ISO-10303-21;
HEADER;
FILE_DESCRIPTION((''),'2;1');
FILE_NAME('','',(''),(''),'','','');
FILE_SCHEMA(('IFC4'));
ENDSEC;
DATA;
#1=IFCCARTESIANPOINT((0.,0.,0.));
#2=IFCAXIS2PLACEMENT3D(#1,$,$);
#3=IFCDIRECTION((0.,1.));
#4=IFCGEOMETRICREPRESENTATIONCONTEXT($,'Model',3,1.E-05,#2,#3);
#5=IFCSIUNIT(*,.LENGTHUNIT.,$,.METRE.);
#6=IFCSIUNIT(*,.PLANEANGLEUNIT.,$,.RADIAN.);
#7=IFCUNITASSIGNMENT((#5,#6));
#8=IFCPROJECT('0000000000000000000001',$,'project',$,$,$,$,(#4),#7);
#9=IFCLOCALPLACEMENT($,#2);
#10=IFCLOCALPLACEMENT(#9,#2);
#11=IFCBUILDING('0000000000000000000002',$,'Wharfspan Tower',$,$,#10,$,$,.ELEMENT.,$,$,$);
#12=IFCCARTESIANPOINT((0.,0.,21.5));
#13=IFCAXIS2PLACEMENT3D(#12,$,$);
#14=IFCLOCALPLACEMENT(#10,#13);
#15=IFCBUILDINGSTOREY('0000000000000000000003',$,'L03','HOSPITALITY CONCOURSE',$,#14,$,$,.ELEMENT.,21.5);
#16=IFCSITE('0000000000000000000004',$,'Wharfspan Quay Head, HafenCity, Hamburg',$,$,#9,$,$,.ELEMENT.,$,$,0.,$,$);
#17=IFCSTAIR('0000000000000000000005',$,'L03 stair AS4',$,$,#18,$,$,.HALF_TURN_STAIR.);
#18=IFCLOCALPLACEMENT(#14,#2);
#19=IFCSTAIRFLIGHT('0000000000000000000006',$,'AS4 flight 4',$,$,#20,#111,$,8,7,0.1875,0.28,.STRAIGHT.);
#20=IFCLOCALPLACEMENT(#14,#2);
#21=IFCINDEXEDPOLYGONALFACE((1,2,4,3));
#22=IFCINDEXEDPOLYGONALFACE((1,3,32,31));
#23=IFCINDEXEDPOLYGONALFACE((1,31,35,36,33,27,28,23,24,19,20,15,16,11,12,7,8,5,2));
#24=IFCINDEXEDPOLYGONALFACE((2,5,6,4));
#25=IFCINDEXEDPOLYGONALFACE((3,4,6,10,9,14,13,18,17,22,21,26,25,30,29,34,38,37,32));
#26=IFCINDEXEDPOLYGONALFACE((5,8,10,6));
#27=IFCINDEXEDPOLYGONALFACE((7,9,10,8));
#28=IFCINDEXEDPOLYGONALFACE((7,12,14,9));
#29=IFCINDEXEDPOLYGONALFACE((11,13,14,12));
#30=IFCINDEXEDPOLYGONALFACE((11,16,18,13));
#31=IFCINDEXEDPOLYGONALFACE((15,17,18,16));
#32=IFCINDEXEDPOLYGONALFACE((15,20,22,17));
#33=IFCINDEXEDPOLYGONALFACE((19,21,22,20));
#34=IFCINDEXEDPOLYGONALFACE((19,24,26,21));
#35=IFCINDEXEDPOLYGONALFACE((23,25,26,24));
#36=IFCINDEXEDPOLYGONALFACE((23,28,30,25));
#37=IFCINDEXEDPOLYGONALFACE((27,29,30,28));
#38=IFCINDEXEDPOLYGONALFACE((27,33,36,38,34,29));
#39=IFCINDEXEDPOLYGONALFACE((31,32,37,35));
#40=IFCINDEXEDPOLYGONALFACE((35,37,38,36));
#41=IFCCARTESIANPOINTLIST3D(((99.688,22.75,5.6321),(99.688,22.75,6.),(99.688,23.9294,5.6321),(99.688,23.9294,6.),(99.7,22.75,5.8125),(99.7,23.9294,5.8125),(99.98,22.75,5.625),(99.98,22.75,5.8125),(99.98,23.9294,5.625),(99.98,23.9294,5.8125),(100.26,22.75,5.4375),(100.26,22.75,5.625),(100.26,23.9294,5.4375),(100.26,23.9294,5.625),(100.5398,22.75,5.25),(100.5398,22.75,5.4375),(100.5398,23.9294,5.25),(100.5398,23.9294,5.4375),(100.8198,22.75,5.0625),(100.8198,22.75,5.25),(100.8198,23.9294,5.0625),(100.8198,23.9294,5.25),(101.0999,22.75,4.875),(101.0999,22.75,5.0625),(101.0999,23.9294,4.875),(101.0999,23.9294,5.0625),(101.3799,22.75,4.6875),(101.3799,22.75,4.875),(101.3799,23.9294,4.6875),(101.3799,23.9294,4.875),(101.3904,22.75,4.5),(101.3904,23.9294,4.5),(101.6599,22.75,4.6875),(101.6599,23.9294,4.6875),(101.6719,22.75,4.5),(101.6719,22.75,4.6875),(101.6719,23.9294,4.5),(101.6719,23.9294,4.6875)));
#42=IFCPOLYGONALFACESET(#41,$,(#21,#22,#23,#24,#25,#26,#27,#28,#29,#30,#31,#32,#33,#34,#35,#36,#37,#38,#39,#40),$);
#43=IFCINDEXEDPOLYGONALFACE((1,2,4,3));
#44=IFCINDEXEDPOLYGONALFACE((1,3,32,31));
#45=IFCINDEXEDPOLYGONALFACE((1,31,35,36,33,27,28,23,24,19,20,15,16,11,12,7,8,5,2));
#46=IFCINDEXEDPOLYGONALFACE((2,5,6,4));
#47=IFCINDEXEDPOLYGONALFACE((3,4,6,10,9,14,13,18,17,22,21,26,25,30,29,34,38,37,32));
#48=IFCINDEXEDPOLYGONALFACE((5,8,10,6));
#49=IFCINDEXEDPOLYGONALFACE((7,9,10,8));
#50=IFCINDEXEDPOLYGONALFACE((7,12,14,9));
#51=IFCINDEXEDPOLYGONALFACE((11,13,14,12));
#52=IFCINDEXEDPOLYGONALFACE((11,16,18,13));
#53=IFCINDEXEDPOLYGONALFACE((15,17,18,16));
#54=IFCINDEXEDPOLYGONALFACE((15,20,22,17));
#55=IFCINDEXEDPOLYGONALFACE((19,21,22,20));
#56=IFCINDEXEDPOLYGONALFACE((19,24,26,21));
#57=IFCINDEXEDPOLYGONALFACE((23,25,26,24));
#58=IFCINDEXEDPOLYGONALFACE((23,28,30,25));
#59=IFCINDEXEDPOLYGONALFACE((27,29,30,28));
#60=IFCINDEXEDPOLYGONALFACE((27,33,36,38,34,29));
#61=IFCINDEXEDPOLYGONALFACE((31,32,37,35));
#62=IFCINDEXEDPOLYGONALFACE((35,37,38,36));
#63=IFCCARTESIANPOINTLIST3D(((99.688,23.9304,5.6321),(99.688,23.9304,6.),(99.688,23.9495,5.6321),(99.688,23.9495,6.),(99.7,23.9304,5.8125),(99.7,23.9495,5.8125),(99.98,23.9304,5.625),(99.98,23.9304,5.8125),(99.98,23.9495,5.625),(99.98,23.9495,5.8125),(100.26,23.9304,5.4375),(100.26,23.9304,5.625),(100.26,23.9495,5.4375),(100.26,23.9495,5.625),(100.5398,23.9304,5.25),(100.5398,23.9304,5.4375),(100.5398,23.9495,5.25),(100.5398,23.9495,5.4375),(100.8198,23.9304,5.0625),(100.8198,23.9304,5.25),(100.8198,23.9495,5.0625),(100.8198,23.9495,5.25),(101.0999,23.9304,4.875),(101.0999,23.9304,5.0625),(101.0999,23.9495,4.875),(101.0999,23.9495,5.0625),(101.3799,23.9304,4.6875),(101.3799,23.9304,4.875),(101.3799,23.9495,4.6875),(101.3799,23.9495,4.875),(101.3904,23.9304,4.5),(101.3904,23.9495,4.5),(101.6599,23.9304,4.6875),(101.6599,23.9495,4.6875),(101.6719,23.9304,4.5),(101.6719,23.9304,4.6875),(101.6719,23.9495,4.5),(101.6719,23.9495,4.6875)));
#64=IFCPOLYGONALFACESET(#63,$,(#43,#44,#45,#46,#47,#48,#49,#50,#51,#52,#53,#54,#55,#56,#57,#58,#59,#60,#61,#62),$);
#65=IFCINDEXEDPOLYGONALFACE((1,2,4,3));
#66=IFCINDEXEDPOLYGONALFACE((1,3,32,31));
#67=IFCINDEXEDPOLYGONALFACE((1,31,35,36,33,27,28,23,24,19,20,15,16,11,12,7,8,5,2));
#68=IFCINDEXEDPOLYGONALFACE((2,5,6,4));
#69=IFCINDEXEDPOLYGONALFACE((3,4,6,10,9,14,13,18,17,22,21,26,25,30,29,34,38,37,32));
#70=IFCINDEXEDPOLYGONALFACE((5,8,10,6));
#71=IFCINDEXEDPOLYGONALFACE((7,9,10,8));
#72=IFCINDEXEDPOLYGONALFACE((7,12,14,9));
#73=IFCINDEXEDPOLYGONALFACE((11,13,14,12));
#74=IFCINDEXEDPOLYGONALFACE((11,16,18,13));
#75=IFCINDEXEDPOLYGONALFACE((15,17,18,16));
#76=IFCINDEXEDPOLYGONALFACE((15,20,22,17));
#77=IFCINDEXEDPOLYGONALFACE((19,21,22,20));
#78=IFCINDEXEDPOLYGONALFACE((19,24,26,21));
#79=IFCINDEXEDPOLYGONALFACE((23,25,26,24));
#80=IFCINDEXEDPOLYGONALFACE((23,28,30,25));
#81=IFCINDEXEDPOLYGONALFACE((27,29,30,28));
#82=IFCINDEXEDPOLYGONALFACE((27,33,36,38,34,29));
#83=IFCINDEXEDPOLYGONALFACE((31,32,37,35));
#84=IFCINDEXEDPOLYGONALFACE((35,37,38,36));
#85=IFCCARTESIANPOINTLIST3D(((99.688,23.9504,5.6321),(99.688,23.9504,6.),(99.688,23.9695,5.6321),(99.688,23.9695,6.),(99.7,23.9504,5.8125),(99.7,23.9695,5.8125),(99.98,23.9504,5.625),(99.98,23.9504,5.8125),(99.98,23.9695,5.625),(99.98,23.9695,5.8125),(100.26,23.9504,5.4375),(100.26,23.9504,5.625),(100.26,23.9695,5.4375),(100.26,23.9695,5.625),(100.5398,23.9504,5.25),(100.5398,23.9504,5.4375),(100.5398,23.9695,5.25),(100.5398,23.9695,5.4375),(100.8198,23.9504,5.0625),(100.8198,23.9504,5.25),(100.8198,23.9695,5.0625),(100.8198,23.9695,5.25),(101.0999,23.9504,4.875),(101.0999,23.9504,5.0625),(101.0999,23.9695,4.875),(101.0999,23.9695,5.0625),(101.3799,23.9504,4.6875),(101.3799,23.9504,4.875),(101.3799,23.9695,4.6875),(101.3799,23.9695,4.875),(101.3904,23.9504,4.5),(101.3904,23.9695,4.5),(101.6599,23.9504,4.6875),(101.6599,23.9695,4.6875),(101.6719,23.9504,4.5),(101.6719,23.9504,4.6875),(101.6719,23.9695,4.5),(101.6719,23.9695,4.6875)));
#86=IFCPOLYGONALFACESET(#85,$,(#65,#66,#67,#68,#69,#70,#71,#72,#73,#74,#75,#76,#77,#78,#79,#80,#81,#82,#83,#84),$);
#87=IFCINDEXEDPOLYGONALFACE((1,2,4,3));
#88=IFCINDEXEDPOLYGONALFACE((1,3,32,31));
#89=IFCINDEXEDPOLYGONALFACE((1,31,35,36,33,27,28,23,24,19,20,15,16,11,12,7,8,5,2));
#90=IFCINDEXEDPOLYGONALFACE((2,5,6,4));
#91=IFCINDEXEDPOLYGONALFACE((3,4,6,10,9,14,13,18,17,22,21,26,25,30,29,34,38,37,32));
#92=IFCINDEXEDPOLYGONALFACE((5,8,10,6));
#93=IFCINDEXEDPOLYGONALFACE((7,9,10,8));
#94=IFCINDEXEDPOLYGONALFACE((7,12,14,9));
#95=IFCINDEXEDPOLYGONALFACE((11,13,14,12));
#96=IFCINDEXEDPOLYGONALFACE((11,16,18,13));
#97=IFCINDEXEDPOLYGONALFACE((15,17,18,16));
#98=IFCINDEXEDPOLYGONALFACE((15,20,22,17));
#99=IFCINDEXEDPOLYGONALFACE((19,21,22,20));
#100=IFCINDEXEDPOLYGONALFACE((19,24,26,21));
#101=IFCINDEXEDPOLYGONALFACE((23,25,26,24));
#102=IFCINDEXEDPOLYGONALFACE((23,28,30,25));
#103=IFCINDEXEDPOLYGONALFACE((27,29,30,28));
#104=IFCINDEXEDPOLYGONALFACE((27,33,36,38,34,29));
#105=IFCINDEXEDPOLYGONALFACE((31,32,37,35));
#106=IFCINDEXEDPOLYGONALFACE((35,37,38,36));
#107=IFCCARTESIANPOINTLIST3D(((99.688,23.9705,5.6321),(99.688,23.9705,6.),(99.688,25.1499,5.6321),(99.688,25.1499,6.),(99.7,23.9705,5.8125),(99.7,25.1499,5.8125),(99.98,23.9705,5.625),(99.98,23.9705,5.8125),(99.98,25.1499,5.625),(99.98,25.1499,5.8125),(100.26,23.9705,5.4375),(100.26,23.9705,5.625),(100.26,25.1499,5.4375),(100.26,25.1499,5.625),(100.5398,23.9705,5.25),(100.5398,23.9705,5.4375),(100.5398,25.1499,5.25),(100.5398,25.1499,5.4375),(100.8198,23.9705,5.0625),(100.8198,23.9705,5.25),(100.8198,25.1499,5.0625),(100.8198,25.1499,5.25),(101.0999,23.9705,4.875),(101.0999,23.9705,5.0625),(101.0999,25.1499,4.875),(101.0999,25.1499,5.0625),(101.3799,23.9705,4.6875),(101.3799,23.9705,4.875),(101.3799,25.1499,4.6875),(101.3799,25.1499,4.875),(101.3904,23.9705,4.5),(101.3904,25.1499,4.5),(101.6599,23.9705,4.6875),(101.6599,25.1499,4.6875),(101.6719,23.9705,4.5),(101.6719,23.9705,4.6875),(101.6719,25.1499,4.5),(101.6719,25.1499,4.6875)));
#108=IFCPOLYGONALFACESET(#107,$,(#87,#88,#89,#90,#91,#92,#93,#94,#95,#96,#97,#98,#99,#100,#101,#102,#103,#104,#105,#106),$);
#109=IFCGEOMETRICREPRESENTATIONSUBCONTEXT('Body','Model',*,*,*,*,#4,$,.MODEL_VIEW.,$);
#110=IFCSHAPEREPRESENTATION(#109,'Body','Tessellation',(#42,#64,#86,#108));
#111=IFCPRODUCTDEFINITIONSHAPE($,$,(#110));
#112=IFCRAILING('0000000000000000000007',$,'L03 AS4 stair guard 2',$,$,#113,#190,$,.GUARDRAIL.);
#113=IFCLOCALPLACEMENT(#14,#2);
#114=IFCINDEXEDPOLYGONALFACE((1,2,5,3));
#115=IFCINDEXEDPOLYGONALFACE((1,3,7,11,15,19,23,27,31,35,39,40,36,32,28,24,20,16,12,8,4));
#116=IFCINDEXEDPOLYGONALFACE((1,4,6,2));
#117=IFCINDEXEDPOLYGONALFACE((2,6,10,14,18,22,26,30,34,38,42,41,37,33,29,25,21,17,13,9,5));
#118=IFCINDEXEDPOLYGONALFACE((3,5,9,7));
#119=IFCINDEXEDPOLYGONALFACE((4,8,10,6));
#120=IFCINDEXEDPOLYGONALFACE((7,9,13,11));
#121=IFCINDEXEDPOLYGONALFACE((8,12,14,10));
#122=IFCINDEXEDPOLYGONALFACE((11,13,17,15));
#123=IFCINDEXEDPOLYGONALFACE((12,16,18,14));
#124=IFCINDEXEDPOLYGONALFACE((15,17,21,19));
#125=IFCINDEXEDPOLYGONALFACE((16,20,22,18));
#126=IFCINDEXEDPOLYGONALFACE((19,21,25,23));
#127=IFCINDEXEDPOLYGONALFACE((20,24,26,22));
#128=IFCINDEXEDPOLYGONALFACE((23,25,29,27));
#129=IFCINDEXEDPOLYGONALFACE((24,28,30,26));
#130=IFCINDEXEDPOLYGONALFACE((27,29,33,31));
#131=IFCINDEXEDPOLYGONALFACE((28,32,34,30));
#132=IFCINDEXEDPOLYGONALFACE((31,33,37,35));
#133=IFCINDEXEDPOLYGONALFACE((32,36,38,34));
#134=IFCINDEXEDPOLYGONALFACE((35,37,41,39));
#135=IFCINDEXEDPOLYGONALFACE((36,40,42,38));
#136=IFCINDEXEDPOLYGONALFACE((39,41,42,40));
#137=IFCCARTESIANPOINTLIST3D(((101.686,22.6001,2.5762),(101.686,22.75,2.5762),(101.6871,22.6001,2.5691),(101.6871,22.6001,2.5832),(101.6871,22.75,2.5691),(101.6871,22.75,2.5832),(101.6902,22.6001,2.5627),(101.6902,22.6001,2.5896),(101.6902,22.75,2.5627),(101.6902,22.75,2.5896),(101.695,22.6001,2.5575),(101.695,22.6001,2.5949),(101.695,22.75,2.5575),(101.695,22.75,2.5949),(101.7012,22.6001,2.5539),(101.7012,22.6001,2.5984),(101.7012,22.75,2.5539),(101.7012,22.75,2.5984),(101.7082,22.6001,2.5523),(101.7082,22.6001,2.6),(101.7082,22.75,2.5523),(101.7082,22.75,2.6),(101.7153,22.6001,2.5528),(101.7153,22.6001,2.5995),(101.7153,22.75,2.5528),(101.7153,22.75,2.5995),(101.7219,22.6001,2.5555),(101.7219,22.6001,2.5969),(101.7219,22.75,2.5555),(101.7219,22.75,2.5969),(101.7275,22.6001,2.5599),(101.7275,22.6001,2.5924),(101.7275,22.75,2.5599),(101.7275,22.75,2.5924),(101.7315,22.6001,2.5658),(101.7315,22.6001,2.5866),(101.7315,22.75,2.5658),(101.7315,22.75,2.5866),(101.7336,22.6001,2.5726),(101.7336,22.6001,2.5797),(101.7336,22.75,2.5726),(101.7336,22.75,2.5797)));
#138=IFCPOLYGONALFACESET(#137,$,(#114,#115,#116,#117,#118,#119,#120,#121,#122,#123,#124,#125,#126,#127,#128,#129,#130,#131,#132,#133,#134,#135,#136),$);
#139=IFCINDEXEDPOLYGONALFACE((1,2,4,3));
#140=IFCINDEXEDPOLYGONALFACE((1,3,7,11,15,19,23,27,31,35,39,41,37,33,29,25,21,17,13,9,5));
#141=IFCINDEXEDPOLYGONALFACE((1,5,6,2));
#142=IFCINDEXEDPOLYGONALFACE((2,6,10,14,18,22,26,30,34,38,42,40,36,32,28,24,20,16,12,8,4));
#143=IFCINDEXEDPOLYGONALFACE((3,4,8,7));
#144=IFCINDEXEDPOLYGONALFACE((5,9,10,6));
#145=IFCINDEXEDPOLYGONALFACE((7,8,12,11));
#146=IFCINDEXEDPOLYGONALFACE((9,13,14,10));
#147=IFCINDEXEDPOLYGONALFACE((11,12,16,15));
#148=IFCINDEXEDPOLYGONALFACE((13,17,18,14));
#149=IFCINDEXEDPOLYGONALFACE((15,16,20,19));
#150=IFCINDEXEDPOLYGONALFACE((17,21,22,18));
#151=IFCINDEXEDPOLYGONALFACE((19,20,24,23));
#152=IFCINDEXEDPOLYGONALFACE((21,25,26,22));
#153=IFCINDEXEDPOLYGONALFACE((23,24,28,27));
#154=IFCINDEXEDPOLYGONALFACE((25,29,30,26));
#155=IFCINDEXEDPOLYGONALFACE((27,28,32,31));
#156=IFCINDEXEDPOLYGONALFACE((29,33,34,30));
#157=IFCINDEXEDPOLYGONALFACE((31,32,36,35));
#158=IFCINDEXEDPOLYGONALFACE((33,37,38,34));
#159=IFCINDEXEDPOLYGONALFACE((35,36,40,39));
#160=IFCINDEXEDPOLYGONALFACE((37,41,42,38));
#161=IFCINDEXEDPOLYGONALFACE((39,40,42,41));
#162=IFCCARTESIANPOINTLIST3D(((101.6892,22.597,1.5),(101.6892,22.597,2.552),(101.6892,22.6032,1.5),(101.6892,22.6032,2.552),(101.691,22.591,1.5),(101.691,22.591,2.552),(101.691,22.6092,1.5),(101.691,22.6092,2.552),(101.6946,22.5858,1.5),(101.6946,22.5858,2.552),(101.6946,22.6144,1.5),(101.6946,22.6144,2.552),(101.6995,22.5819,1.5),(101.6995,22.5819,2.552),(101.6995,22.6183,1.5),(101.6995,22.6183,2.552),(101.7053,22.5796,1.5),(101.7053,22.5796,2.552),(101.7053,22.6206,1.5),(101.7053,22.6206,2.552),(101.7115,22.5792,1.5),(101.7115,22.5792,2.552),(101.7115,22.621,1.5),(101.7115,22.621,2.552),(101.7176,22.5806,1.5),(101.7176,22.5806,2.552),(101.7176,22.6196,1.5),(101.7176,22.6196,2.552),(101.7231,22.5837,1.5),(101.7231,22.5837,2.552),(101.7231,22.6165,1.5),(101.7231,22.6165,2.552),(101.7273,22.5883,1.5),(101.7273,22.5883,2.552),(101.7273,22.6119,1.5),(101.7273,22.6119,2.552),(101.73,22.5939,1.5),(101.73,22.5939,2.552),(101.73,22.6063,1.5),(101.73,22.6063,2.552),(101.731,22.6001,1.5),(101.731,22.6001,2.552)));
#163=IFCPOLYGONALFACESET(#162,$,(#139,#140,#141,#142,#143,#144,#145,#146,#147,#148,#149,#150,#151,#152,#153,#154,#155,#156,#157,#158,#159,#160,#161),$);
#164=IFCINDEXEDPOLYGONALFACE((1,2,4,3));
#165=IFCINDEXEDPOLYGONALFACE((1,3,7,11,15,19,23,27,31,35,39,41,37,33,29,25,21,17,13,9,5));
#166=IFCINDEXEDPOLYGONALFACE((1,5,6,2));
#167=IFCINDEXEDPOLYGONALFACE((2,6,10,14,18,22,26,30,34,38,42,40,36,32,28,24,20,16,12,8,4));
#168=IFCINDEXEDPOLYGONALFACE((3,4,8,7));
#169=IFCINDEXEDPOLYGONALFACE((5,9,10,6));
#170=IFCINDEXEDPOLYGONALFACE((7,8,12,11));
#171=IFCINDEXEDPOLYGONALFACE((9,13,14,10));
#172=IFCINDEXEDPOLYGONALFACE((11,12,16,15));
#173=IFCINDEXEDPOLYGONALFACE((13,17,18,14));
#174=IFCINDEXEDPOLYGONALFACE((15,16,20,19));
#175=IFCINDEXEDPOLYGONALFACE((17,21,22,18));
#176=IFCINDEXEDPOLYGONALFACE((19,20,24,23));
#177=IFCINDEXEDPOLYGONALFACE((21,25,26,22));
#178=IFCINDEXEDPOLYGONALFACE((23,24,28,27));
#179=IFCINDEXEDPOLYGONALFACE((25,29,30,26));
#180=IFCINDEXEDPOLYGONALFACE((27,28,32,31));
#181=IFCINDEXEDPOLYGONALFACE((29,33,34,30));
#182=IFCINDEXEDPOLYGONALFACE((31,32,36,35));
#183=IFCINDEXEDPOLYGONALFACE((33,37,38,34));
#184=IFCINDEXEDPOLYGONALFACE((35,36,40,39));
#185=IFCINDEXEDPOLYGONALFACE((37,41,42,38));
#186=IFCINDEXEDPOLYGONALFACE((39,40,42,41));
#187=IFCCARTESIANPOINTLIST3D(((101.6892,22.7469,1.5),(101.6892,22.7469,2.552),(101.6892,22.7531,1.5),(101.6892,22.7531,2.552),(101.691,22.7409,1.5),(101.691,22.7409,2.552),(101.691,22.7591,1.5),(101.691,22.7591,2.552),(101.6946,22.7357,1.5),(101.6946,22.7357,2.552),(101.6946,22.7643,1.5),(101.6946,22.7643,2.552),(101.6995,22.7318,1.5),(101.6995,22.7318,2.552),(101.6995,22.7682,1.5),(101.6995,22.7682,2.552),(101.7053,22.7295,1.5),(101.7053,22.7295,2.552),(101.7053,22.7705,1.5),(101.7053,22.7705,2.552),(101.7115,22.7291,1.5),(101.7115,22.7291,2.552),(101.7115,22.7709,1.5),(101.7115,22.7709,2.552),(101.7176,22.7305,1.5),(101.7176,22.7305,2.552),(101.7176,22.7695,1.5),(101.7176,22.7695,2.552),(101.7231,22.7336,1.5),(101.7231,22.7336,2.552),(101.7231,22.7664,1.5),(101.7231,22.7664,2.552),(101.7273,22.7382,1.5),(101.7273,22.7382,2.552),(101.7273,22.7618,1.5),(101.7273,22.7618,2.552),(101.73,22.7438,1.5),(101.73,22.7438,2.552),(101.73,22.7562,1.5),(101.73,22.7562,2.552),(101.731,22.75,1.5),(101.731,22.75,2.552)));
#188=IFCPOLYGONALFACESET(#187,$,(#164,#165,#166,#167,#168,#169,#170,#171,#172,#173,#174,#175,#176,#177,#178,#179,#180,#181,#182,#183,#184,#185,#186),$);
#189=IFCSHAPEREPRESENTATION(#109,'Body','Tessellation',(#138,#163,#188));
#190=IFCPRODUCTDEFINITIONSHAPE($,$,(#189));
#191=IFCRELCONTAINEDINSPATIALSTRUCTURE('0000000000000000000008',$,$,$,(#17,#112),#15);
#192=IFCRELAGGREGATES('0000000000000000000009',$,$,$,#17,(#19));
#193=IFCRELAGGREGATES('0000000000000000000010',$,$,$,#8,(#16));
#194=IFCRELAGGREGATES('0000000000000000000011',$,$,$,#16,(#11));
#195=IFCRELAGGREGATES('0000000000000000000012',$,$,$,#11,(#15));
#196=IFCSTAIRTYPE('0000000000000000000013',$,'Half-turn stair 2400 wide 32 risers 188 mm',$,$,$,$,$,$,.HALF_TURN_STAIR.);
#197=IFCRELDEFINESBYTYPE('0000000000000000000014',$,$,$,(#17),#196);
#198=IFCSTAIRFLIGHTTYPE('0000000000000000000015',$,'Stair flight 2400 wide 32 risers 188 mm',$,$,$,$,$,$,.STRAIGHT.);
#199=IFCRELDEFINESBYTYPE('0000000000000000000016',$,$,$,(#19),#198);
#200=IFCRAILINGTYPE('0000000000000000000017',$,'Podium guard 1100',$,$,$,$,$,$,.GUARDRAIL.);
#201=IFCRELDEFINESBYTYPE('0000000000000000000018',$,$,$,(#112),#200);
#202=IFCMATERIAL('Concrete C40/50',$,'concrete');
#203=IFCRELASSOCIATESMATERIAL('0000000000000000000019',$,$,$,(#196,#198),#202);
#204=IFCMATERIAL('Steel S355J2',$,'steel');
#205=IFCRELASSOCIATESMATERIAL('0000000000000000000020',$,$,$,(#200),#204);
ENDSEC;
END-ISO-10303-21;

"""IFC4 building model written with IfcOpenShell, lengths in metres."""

from ifc_helpers import new_model, si_unit, direction, frame, origin, origin_2d, place, context, subcontext, project, spatial, polyline, circle, outline, extrude, material, type_object, element, aggregate, save


model = new_model("IFC4")

# Units and contexts
model_context = context("Model", 3, precision=1e-05, world=origin(), true_north=direction((0.0, 1.0)))
body_context = subcontext(model_context, "Body", "Model", "MODEL_VIEW")
ifc_project = project(units=[si_unit("LENGTHUNIT", "METRE"), si_unit("PLANEANGLEUNIT", "RADIAN")], contexts=[model_context])

# Site, building, storey
site_placement = place(None, origin())
site = spatial("IfcSite", under=ifc_project, at=site_placement, Name="Wharfspan Quay Head, HafenCity, Hamburg", CompositionType="ELEMENT", RefElevation=0.0)
building_placement = place(site_placement, origin())
building = spatial("IfcBuilding", under=site, at=building_placement, Name="Wharfspan Tower", CompositionType="ELEMENT")
storey_placement = place(building_placement, frame((0.0, 0.0, 21.5)))
storey = spatial("IfcBuildingStorey", under=building, at=storey_placement, Name="L03", Description="HOSPITALITY CONCOURSE", CompositionType="ELEMENT", Elevation=21.5)

# Stair, stair flight
ifc_material_1 = material(Name="Concrete C40/50", Category="concrete")
stair_type = type_object("IfcStairType", Name="Half-turn stair 2400 wide 32 risers 188 mm", PredefinedType="HALF_TURN_STAIR", material=ifc_material_1)
stair_placement = place(storey_placement, origin())
stair = element("IfcStair", 1, at=stair_placement, inside=storey, type_object=stair_type, Name="L03 stair AS4", PredefinedType="HALF_TURN_STAIR")
stair_flight_type = type_object("IfcStairFlightType", Name="Stair flight 2400 wide 32 risers 188 mm", PredefinedType="STRAIGHT", material=ifc_material_1)
stair_flight_1_placement = place(storey_placement, frame((101.6599, 23.95, 4.5), z_axis=(0.0, 0.0, 1.0), x_axis=(-1.0, 0.0, 0.0)))
stair_flight_1 = element("IfcStairFlight", 2, at=stair_flight_1_placement, type_object=stair_flight_type, Name="AS4 flight 4", NumberOfRisers=8, NumberOfTreads=7, PredefinedType="STRAIGHT", RiserHeight=0.1875, TreadLength=0.28, context=body_context, shape_type="SweptSolid", body=[
    extrude(outline(polyline([(-0.012, 0.0), (-0.012, 0.1875), (0.0, 0.1875), (0.28, 0.1875), (0.28, 0.375), (0.5601, 0.375), (0.5601, 0.5625), (0.8401, 0.5625), (0.8401, 0.75), (1.1201, 0.75), (1.1201, 0.9375), (1.3999, 0.9375), (1.3999, 1.125), (1.6799, 1.125), (1.6799, 1.3125), (1.96, 1.3125), (1.9719, 1.5), (1.9719, 1.1321), (0.2695, 0.0), (-0.012, 0.0)])), frame((0.0, 1.2, 0.0), z_axis=(0.0, -1.0, 0.0), x_axis=(1.0, 0.0, 0.0)), (0.0, 0.0, 1.0), 1.1794),
    extrude(outline(polyline([(-0.012, 0.0), (-0.012, 0.1875), (0.0, 0.1875), (0.28, 0.1875), (0.28, 0.375), (0.5601, 0.375), (0.5601, 0.5625), (0.8401, 0.5625), (0.8401, 0.75), (1.1201, 0.75), (1.1201, 0.9375), (1.3999, 0.9375), (1.3999, 1.125), (1.6799, 1.125), (1.6799, 1.3125), (1.96, 1.3125), (1.9719, 1.5), (1.9719, 1.1321), (0.2695, 0.0), (-0.012, 0.0)])), frame((0.0, 0.0195, 0.0), z_axis=(0.0, -1.0, 0.0), x_axis=(1.0, 0.0, 0.0)), (0.0, 0.0, 1.0), 0.019),
    extrude(outline(polyline([(-0.012, 0.0), (-0.012, 0.1875), (0.0, 0.1875), (0.28, 0.1875), (0.28, 0.375), (0.5601, 0.375), (0.5601, 0.5625), (0.8401, 0.5625), (0.8401, 0.75), (1.1201, 0.75), (1.1201, 0.9375), (1.3999, 0.9375), (1.3999, 1.125), (1.6799, 1.125), (1.6799, 1.3125), (1.96, 1.3125), (1.9719, 1.5), (1.9719, 1.1321), (0.2695, 0.0), (-0.012, 0.0)])), frame((0.0, -0.0005, 0.0), z_axis=(0.0, -1.0, 0.0), x_axis=(1.0, 0.0, 0.0)), (0.0, 0.0, 1.0), 0.019),
    extrude(outline(polyline([(-0.012, 0.0), (-0.012, 0.1875), (0.0, 0.1875), (0.28, 0.1875), (0.28, 0.375), (0.5601, 0.375), (0.5601, 0.5625), (0.8401, 0.5625), (0.8401, 0.75), (1.1201, 0.75), (1.1201, 0.9375), (1.3999, 0.9375), (1.3999, 1.125), (1.6799, 1.125), (1.6799, 1.3125), (1.96, 1.3125), (1.9719, 1.5), (1.9719, 1.1321), (0.2695, 0.0), (-0.012, 0.0)])), frame((0.0, -0.0205, 0.0), z_axis=(0.0, -1.0, 0.0), x_axis=(1.0, 0.0, 0.0)), (0.0, 0.0, 1.0), 1.1794),
])
aggregate(stair, [stair_flight_1])

# Railing
ifc_material_2 = material(Name="Steel S355J2", Category="steel")
railing_type_1 = type_object("IfcRailingType", Name="Podium guard 1100", PredefinedType="GUARDRAIL", material=ifc_material_2)
railing_1_placement = place(storey_placement, frame((101.71, 22.6001, 1.5)))
element("IfcRailing", 3, at=railing_1_placement, inside=storey, type_object=railing_type_1, Name="L03 AS4 stair guard 2", PredefinedType="GUARDRAIL", context=body_context, shape_type="SweptSolid", body=[
    extrude(circle(Radius=0.0239, at=origin_2d()), frame((0.0, 0.0, 1.0762), z_axis=(0.0, 1.0, 0.0), x_axis=(-1.0, 0.0, 0.0)), (0.0, 0.0, 1.0), 0.1499),
    extrude(circle(Radius=0.021, at=origin_2d()), origin(), (0.0, 0.0, 1.0), 1.052),
    extrude(circle(Radius=0.021, at=origin_2d()), frame((0.0, 0.1499, 0.0)), (0.0, 0.0, 1.0), 1.052),
])

save(model, "model.ifc")
